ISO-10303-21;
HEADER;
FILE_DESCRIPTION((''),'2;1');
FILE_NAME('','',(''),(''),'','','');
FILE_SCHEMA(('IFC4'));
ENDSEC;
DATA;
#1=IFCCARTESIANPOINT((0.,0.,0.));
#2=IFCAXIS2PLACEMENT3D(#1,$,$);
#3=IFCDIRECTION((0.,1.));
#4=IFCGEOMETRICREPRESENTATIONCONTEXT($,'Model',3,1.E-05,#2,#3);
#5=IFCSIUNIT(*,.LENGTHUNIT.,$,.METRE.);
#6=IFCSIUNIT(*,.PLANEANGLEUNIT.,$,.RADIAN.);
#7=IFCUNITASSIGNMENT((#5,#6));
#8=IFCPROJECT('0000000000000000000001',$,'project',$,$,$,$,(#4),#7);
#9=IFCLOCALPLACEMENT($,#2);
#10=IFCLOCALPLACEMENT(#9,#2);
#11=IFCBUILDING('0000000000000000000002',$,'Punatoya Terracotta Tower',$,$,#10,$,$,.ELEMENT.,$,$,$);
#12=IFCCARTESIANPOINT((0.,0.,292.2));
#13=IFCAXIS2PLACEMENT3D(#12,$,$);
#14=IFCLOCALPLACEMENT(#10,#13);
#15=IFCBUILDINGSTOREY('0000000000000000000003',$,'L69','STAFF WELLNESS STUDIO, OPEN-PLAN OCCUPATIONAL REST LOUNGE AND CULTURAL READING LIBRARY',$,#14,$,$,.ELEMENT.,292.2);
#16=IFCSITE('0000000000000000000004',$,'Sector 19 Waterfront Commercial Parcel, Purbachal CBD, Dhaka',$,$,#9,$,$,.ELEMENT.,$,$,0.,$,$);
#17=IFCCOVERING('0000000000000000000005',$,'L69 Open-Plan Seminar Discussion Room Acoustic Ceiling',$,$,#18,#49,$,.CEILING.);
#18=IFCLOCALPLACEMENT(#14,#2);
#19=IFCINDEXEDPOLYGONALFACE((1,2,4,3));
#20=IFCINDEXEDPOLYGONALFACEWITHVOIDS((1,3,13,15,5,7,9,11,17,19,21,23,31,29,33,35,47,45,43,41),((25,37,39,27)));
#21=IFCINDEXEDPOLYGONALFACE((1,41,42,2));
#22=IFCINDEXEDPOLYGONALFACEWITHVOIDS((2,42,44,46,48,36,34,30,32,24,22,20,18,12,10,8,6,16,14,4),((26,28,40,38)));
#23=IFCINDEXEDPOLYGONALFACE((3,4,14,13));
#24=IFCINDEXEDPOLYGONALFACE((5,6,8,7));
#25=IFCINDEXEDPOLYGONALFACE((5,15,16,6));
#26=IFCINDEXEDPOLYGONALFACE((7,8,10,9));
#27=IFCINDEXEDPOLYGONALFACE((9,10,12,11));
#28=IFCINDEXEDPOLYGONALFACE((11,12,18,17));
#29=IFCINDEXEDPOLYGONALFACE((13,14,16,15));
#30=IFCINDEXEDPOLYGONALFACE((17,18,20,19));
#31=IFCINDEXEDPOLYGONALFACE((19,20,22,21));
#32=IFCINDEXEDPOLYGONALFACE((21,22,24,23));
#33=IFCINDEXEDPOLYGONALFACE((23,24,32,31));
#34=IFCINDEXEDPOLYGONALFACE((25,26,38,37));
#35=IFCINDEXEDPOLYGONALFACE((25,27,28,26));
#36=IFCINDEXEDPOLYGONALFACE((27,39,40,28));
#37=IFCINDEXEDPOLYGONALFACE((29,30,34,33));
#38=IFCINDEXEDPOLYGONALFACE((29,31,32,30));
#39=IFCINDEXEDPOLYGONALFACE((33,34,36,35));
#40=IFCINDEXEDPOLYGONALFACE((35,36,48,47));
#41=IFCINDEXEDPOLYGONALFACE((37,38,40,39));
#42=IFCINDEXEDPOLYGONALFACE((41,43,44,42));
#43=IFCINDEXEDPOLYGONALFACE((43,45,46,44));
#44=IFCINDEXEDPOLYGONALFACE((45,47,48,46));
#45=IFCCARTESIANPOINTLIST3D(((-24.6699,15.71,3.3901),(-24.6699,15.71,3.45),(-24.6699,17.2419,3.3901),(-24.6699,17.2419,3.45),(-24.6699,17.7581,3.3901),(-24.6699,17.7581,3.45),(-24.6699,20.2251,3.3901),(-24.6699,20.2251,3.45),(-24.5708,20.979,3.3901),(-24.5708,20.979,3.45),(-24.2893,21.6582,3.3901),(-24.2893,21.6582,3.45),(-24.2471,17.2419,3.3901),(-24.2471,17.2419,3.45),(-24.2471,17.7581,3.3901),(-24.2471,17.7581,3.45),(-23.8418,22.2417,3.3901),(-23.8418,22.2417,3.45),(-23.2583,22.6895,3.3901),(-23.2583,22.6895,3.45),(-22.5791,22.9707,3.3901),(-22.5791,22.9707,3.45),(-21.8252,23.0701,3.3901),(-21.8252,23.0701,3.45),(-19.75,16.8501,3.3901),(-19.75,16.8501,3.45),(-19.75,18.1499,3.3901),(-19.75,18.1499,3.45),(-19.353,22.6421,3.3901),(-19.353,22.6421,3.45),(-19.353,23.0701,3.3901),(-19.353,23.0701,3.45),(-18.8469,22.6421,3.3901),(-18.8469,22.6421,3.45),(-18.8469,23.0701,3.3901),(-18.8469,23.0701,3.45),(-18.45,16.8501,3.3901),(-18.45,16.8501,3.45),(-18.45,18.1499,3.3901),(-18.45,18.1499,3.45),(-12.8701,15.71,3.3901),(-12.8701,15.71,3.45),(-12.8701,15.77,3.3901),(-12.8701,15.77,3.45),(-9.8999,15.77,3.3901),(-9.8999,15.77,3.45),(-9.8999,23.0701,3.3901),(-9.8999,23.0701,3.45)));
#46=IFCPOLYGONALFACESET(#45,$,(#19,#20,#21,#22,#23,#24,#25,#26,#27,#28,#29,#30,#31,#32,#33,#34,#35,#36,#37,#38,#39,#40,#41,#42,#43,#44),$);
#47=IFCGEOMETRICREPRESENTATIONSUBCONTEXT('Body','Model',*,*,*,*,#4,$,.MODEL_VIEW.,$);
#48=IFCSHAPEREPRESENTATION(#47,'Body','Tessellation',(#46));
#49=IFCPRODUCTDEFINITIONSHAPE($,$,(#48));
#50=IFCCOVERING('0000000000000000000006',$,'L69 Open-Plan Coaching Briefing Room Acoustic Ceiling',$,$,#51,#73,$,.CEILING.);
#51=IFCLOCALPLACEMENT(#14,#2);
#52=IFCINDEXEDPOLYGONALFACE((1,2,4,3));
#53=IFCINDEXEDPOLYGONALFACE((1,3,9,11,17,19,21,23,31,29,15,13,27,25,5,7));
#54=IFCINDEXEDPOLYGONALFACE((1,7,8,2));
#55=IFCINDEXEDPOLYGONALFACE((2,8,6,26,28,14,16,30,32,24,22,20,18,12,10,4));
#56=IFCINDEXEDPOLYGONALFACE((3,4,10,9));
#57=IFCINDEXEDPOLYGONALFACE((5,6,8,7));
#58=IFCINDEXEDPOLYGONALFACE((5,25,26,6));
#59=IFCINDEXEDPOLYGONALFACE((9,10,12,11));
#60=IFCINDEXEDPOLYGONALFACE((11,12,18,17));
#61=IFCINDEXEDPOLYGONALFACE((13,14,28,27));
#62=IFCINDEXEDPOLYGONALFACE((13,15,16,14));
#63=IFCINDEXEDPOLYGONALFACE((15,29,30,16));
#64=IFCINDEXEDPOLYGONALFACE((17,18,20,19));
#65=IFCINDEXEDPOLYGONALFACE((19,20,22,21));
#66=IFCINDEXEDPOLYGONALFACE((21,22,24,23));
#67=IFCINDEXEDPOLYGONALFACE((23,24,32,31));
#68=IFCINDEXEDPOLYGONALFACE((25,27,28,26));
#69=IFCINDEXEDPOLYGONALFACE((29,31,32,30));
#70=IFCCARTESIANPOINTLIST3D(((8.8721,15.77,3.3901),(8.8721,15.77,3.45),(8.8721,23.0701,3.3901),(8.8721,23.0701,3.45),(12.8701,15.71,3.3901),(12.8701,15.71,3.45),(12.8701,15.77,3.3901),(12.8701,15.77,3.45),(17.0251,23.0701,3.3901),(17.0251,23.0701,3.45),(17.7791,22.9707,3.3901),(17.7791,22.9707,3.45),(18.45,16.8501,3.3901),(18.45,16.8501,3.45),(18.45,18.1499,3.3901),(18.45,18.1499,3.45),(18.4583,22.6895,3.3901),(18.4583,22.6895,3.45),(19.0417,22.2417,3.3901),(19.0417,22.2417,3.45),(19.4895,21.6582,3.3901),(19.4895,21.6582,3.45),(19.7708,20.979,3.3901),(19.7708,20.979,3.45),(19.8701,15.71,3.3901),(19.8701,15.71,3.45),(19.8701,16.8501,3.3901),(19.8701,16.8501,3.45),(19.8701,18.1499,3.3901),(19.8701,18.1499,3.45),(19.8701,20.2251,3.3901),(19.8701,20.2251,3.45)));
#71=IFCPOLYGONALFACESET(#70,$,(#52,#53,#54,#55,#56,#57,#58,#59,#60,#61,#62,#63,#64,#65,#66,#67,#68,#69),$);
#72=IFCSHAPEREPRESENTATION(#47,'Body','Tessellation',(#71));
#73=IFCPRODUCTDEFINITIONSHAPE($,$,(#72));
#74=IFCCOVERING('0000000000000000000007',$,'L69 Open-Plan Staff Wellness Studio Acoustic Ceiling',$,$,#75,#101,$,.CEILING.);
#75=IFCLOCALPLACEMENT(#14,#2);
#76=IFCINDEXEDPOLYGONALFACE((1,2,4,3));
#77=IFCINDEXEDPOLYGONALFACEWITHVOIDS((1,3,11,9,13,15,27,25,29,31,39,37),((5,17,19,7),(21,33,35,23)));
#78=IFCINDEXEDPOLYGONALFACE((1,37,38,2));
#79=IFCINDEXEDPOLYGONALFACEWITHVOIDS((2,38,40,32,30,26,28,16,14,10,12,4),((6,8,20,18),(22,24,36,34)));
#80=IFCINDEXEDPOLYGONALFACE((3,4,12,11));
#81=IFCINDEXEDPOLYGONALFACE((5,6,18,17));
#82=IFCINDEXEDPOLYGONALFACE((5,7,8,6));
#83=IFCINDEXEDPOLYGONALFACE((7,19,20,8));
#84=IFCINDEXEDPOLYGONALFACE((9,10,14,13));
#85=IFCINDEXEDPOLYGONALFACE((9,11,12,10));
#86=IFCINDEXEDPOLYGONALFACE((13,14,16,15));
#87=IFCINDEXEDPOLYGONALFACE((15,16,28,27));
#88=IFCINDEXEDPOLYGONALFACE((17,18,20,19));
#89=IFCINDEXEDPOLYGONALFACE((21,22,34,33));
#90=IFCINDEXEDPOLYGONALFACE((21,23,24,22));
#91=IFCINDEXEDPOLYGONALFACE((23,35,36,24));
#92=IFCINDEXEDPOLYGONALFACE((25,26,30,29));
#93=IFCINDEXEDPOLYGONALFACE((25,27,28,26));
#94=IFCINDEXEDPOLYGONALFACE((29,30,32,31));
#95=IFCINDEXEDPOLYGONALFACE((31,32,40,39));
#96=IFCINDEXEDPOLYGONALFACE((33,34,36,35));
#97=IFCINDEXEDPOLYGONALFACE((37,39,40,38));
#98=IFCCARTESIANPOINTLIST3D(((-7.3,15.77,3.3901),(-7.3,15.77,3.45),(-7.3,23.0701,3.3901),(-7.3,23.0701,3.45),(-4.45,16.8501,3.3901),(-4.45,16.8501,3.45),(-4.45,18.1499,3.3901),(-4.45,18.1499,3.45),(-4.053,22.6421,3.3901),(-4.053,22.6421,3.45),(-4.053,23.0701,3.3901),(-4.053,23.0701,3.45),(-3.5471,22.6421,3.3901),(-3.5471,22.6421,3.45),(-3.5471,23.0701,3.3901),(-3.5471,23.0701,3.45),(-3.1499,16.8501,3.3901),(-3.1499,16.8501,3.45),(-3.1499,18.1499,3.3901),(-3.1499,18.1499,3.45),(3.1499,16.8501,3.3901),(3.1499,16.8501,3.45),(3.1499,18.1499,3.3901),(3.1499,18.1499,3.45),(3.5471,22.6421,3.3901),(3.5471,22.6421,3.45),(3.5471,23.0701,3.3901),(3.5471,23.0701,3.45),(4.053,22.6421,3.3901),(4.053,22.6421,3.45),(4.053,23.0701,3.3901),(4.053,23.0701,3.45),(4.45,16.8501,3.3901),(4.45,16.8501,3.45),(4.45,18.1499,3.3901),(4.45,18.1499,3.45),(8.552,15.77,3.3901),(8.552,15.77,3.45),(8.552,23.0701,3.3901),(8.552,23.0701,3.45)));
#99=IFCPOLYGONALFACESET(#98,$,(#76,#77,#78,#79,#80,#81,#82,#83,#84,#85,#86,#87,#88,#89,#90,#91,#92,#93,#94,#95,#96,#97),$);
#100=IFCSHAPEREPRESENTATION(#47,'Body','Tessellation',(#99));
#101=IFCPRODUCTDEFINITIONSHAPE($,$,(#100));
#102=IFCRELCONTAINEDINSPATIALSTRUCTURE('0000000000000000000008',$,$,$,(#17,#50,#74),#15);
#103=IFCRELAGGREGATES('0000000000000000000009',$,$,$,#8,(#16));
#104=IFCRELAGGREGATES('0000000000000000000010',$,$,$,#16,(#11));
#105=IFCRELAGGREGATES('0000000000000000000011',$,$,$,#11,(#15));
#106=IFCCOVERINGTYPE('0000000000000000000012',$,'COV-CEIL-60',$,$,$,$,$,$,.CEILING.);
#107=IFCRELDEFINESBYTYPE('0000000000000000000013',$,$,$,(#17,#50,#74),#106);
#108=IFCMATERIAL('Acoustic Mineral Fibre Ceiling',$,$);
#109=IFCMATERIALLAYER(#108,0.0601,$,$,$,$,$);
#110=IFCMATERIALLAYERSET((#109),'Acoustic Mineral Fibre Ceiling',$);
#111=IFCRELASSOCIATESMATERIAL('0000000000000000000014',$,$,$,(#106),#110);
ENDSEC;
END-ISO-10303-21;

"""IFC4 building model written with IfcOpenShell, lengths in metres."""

from ifc_helpers import new_model, si_unit, direction, frame, origin, place, context, subcontext, project, spatial, polyline, outline, extrude, material, layer, layer_set, type_object, element, save


model = new_model("IFC4")

# Units and contexts
model_context = context("Model", 3, precision=1e-05, world=origin(), true_north=direction((0.0, 1.0)))
body_context = subcontext(model_context, "Body", "Model", "MODEL_VIEW")
ifc_project = project(units=[si_unit("LENGTHUNIT", "METRE"), si_unit("PLANEANGLEUNIT", "RADIAN")], contexts=[model_context])

# Site, building, storey
site_placement = place(None, origin())
site = spatial("IfcSite", under=ifc_project, at=site_placement, Name="Sector 19 Waterfront Commercial Parcel, Purbachal CBD, Dhaka", CompositionType="ELEMENT", RefElevation=0.0)
building_placement = place(site_placement, origin())
building = spatial("IfcBuilding", under=site, at=building_placement, Name="Punatoya Terracotta Tower", CompositionType="ELEMENT")
storey_placement = place(building_placement, frame((0.0, 0.0, 292.2)))
storey = spatial("IfcBuildingStorey", under=building, at=storey_placement, Name="L69", Description="STAFF WELLNESS STUDIO, OPEN-PLAN OCCUPATIONAL REST LOUNGE AND CULTURAL READING LIBRARY", CompositionType="ELEMENT", Elevation=292.2)

# Coverings
ifc_material_1 = material(Name="Acoustic Mineral Fibre Ceiling")
ifc_layer_1 = layer(ifc_material_1, 0.0601)
ifc_layer_set_1 = layer_set([ifc_layer_1], Name="Acoustic Mineral Fibre Ceiling")
covering_type = type_object("IfcCoveringType", Name="COV-CEIL-60", PredefinedType="CEILING", material=ifc_layer_set_1)
covering_1_placement = place(storey_placement, frame((0.0, 0.0, 3.3901)))
element("IfcCovering", 1, at=covering_1_placement, inside=storey, type_object=covering_type, Name="L69 Open-Plan Seminar Discussion Room Acoustic Ceiling", PredefinedType="CEILING", context=body_context, shape_type="SweptSolid", body=[
    extrude(outline(polyline([(-19.353, 22.6421), (-19.353, 23.0701), (-21.8252, 23.0701), (-22.5791, 22.9707), (-23.2583, 22.6895), (-23.8418, 22.2417), (-24.2893, 21.6582), (-24.5708, 20.979), (-24.6699, 20.2251), (-24.6699, 17.7581), (-24.2471, 17.7581), (-24.2471, 17.2419), (-24.6699, 17.2419), (-24.6699, 15.71), (-12.8701, 15.71), (-12.8701, 15.77), (-9.8999, 15.77), (-9.8999, 23.0701), (-18.8469, 23.0701), (-18.8469, 22.6421), (-19.353, 22.6421)]), holes=[polyline([(-19.75, 18.1499), (-18.45, 18.1499), (-18.45, 16.8501), (-19.75, 16.8501), (-19.75, 18.1499)])]), origin(), (0.0, 0.0, 1.0), 0.0598),
])
covering_2_placement = place(storey_placement, frame((0.0, 0.0, 3.3901)))
element("IfcCovering", 2, at=covering_2_placement, inside=storey, type_object=covering_type, Name="L69 Open-Plan Coaching Briefing Room Acoustic Ceiling", PredefinedType="CEILING", context=body_context, shape_type="SweptSolid", body=[
    extrude(outline(polyline([(12.8701, 15.71), (19.8701, 15.71), (19.8701, 16.8501), (18.45, 16.8501), (18.45, 18.1499), (19.8701, 18.1499), (19.8701, 20.2251), (19.7708, 20.979), (19.4895, 21.6582), (19.0417, 22.2417), (18.4583, 22.6895), (17.7791, 22.9707), (17.0251, 23.0701), (8.8721, 23.0701), (8.8721, 15.77), (12.8701, 15.77), (12.8701, 15.71)])), origin(), (0.0, 0.0, 1.0), 0.0598),
])
covering_3_placement = place(storey_placement, frame((0.0, 0.0, 3.3901)))
element("IfcCovering", 3, at=covering_3_placement, inside=storey, type_object=covering_type, Name="L69 Open-Plan Staff Wellness Studio Acoustic Ceiling", PredefinedType="CEILING", context=body_context, shape_type="SweptSolid", body=[
    extrude(outline(polyline([(4.053, 22.6421), (3.5471, 22.6421), (3.5471, 23.0701), (-3.5471, 23.0701), (-3.5471, 22.6421), (-4.053, 22.6421), (-4.053, 23.0701), (-7.3, 23.0701), (-7.3, 15.77), (8.552, 15.77), (8.552, 23.0701), (4.053, 23.0701), (4.053, 22.6421)]), holes=[polyline([(4.45, 16.8501), (3.1499, 16.8501), (3.1499, 18.1499), (4.45, 18.1499), (4.45, 16.8501)]), polyline([(-4.45, 16.8501), (-4.45, 18.1499), (-3.1499, 18.1499), (-3.1499, 16.8501), (-4.45, 16.8501)])]), origin(), (0.0, 0.0, 1.0), 0.0598),
])

save(model, "model.ifc")
